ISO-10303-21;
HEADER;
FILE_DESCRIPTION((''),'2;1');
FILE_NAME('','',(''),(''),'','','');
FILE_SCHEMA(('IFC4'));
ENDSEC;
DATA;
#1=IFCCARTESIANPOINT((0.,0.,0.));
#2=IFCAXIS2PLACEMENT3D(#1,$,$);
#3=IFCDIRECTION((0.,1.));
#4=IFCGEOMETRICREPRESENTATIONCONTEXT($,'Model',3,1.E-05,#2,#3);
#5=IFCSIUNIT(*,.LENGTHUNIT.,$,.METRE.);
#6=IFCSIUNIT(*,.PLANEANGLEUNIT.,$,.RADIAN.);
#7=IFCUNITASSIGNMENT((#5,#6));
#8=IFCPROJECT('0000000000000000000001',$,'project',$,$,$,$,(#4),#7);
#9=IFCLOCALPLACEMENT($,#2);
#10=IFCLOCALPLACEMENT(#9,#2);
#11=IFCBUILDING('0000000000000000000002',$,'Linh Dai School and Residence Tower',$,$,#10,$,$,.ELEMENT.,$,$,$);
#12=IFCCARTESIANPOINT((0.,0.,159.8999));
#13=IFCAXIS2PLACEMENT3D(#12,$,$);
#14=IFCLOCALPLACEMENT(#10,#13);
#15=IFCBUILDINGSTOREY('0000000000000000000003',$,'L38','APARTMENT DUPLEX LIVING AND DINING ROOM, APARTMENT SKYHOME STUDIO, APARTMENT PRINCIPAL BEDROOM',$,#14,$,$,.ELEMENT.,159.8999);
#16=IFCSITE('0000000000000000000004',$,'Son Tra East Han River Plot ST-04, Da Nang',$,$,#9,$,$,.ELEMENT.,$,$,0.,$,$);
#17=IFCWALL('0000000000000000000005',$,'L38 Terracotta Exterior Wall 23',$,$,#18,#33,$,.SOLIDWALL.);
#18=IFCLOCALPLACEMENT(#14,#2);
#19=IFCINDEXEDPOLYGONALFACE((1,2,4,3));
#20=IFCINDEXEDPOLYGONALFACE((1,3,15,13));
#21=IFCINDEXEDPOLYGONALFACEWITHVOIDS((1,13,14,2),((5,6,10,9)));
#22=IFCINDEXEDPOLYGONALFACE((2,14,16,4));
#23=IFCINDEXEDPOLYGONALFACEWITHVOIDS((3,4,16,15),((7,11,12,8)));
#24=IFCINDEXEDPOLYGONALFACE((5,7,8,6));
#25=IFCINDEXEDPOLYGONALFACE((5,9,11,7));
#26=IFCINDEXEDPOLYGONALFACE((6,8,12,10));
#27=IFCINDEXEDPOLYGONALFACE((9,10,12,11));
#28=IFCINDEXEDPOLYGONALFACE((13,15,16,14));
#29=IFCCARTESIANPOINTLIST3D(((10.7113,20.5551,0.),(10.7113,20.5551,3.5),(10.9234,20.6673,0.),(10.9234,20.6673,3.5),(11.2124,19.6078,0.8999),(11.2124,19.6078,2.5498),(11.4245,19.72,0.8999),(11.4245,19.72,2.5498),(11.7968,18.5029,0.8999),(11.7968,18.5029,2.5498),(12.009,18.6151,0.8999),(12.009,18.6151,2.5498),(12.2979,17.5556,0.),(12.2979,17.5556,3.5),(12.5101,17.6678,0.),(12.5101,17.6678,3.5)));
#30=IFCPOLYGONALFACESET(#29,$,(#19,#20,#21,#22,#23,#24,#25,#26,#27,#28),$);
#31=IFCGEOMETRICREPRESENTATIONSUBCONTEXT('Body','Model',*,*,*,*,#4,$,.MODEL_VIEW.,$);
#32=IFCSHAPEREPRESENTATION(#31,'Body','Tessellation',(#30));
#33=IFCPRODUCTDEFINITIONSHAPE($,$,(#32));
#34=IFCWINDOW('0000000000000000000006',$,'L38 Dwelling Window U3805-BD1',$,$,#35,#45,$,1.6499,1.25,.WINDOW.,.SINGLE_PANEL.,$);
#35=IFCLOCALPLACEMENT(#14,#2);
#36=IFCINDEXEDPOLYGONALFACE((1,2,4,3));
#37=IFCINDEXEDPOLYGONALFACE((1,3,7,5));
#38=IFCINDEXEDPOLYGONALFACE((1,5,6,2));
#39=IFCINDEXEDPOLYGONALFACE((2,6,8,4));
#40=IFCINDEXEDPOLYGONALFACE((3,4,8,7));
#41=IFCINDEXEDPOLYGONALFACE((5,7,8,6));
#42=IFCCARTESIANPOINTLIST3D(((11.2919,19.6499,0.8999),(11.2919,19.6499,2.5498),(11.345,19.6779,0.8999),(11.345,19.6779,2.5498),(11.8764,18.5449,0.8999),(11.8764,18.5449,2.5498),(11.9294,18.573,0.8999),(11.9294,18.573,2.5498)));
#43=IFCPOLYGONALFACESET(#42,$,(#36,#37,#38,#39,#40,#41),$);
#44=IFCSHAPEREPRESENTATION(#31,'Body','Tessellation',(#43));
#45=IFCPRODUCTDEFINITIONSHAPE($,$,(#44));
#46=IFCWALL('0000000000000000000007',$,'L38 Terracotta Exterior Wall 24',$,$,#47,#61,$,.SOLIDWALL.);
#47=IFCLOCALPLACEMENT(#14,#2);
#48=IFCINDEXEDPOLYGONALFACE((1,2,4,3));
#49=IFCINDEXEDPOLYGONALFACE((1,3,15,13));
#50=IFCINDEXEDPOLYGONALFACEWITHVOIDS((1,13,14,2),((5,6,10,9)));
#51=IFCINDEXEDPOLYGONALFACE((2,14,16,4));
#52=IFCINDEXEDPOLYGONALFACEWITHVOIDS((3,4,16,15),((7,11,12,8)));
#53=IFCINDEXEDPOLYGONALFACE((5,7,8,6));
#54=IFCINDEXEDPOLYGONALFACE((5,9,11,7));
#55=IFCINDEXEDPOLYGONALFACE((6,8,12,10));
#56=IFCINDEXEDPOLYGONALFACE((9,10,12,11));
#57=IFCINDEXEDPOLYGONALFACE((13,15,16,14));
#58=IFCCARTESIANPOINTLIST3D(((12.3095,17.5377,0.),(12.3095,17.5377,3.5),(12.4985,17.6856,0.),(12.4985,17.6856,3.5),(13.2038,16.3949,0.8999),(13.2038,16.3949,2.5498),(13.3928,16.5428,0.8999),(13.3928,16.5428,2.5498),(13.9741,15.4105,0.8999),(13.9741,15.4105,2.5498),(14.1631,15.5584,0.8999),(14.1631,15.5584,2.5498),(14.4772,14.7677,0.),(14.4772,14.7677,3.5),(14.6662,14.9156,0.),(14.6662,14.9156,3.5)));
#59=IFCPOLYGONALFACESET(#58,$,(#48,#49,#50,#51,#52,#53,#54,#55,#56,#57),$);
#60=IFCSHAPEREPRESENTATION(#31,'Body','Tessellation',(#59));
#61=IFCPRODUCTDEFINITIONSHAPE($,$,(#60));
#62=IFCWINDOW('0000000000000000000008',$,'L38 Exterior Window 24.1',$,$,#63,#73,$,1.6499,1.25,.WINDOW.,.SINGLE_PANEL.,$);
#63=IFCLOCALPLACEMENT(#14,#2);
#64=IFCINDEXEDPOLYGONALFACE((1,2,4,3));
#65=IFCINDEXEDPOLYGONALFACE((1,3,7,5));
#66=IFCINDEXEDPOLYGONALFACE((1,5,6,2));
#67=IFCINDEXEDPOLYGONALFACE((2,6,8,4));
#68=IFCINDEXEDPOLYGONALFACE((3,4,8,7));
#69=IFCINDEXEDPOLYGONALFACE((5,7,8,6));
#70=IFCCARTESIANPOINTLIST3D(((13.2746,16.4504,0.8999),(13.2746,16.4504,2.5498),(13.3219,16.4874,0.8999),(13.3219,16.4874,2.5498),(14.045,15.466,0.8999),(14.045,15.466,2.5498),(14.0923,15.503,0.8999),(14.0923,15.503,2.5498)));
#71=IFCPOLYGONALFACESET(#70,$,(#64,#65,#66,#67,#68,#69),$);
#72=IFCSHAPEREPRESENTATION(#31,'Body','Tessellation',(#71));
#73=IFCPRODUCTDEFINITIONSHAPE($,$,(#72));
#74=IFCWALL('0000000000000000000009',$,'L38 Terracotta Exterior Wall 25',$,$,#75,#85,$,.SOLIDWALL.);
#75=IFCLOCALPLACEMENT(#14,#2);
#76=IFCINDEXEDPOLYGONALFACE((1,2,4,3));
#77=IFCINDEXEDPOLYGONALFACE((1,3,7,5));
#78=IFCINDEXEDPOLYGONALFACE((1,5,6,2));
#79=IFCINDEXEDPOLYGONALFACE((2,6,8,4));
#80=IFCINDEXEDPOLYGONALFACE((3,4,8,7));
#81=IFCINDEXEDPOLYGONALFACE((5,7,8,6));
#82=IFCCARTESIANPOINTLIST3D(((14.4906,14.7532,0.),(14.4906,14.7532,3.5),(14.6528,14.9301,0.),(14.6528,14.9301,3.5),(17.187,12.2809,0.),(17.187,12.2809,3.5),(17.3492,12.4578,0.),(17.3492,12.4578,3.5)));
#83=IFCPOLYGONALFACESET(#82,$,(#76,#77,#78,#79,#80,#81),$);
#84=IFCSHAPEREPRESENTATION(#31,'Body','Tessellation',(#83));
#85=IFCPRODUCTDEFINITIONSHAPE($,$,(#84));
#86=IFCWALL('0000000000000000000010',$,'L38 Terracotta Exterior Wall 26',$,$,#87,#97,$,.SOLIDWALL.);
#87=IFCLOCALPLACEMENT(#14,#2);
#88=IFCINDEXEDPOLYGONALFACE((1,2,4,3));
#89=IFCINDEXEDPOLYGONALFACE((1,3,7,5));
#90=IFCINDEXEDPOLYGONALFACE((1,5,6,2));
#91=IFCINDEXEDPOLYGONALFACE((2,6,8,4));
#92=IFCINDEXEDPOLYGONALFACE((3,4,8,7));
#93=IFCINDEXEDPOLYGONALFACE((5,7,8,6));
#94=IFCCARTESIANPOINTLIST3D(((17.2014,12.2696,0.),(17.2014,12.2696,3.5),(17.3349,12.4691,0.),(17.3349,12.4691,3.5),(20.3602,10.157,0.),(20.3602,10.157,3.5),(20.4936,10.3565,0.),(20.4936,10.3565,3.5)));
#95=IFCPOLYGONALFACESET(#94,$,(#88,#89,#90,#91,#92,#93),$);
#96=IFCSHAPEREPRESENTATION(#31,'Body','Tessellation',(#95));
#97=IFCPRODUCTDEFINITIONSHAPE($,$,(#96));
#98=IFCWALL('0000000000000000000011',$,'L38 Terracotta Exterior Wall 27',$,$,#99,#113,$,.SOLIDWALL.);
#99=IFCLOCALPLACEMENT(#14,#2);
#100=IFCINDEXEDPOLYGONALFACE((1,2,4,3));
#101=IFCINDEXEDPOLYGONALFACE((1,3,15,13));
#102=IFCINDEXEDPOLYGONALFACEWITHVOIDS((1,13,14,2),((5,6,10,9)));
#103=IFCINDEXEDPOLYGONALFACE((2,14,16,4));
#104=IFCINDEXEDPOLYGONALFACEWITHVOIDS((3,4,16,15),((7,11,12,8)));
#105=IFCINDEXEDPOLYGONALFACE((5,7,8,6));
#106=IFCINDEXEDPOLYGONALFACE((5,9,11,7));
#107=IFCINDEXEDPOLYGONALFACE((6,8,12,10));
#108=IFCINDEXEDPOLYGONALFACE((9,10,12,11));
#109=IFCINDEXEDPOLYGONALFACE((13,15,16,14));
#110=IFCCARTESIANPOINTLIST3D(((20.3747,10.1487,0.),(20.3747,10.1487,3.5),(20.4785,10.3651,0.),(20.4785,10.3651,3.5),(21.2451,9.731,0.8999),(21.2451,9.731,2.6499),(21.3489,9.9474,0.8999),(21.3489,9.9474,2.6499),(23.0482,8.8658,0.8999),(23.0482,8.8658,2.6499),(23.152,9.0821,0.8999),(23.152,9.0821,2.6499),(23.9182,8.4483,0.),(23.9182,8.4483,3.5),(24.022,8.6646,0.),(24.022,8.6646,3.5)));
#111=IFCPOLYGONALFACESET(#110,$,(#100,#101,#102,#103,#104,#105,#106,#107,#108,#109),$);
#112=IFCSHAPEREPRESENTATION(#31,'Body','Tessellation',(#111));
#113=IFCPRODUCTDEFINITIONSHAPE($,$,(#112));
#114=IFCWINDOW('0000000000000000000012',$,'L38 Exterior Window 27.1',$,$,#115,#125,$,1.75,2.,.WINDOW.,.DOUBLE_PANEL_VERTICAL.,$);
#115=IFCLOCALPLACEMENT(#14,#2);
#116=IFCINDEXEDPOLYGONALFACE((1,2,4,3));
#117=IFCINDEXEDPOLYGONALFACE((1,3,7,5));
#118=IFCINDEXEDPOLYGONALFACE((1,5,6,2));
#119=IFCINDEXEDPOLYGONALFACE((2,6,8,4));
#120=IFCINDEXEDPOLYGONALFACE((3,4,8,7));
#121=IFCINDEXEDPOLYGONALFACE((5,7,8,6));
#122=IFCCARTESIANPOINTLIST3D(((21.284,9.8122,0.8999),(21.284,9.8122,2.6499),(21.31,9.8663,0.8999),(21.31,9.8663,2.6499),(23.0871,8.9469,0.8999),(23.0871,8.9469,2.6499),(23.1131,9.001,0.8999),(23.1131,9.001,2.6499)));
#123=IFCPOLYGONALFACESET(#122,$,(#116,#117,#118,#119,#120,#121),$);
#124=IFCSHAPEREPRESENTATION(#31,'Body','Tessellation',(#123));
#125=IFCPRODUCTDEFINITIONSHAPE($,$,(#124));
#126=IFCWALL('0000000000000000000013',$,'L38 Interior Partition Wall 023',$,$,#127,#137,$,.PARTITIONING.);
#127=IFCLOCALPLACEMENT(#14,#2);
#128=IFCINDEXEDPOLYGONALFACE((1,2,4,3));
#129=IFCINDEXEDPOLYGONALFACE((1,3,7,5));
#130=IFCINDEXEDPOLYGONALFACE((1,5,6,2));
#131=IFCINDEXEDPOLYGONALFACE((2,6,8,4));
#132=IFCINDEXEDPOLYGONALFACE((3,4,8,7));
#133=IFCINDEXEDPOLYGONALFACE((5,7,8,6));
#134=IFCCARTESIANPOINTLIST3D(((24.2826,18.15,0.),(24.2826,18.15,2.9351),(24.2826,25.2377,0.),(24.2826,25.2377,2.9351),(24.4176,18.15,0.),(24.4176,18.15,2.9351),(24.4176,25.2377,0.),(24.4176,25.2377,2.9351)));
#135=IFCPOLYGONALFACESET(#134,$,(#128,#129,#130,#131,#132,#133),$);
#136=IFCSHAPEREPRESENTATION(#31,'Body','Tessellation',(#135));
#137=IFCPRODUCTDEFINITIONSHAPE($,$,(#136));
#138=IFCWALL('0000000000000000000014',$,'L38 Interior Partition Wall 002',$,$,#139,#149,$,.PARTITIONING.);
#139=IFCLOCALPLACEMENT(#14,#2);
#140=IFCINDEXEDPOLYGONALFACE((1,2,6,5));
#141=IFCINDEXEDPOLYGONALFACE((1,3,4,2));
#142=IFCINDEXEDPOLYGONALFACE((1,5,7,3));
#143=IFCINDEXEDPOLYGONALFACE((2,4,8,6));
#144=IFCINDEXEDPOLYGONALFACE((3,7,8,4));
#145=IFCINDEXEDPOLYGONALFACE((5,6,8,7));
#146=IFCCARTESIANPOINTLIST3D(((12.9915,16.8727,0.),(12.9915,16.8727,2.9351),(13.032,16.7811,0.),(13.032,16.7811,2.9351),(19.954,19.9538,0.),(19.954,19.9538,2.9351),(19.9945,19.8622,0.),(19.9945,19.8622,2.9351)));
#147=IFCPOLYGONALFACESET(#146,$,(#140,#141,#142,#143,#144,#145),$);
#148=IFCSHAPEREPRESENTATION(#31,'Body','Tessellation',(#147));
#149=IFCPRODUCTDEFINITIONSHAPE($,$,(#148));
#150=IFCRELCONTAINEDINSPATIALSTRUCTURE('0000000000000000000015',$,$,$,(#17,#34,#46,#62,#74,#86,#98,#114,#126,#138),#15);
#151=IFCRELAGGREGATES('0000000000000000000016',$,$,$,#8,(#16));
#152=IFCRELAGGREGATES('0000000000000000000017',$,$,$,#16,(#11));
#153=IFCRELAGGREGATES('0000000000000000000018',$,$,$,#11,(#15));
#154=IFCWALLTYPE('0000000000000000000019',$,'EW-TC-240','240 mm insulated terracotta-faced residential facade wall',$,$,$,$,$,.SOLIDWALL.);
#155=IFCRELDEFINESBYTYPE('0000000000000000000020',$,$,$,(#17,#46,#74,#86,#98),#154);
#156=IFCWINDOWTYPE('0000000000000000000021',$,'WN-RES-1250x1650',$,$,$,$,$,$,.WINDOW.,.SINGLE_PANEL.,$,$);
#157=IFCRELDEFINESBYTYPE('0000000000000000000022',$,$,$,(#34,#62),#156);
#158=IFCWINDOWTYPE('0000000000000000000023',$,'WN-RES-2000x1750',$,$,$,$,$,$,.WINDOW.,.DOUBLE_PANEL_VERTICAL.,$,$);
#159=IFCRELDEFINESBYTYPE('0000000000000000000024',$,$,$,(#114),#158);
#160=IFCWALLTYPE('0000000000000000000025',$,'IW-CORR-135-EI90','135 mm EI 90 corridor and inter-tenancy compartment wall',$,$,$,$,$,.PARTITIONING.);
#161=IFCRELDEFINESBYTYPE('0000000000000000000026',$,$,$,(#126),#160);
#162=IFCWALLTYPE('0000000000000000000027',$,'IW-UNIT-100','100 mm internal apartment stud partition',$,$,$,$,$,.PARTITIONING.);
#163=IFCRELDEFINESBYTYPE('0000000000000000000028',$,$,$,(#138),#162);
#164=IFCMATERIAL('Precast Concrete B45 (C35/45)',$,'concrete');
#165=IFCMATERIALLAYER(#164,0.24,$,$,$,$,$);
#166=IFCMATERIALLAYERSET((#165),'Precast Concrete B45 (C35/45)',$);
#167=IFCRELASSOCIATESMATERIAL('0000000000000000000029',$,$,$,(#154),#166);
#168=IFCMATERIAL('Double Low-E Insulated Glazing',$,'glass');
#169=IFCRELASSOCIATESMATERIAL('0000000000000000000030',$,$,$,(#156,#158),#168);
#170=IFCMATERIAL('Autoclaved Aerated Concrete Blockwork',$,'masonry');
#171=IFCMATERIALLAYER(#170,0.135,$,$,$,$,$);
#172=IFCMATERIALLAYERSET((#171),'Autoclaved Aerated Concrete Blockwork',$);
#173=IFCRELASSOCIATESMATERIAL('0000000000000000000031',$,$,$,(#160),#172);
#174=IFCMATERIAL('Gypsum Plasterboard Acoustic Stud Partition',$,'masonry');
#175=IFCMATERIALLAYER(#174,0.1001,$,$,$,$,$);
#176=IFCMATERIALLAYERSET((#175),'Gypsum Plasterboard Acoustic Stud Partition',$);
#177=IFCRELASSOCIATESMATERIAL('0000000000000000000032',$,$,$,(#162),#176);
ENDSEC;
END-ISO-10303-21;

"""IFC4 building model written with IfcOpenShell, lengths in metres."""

from ifc_helpers import new_model, si_unit, direction, frame, frame_2d, origin, origin_2d, place, context, subcontext, project, spatial, rectangle, extrude, source, transform, mapped, material, layer, layer_set, type_object, element, fill, save


model = new_model("IFC4")

# Units and contexts
model_context = context("Model", 3, precision=1e-05, world=origin(), true_north=direction((0.0, 1.0)))
body_context = subcontext(model_context, "Body", "Model", "MODEL_VIEW")
ifc_project = project(units=[si_unit("LENGTHUNIT", "METRE"), si_unit("PLANEANGLEUNIT", "RADIAN")], contexts=[model_context])

# Site, building, storey
site_placement = place(None, origin())
site = spatial("IfcSite", under=ifc_project, at=site_placement, Name="Son Tra East Han River Plot ST-04, Da Nang", CompositionType="ELEMENT", RefElevation=0.0)
building_placement = place(site_placement, origin())
building = spatial("IfcBuilding", under=site, at=building_placement, Name="Linh Dai School and Residence Tower", CompositionType="ELEMENT")
storey_placement = place(building_placement, frame((0.0, 0.0, 159.8999)))
storey = spatial("IfcBuildingStorey", under=building, at=storey_placement, Name="L38", Description="APARTMENT DUPLEX LIVING AND DINING ROOM, APARTMENT SKYHOME STUDIO, APARTMENT PRINCIPAL BEDROOM", CompositionType="ELEMENT", Elevation=159.8999)

# Shared definitions
ifc_material_1 = material(Name="Precast Concrete B45 (C35/45)", Category="concrete")

# Walls, openings, windows
ifc_layer_1 = layer(ifc_material_1, 0.24)
ifc_layer_set_1 = layer_set([ifc_layer_1], Name="Precast Concrete B45 (C35/45)")
wall_type_1 = type_object("IfcWallType", Name="EW-TC-240", Description="240 mm insulated terracotta-faced residential facade wall", PredefinedType="SOLIDWALL", material=ifc_layer_set_1)
wall_1_placement = place(storey_placement, frame((12.4041, 17.6116, 0.0), z_axis=(0.0, 0.0, 1.0), x_axis=(-0.467587, 0.883947, 0.0)))
wall_1 = element("IfcWall", 1, at=wall_1_placement, inside=storey, type_object=wall_type_1, Name="L38 Terracotta Exterior Wall 23", PredefinedType="SOLIDWALL", context=body_context, shape_type="SweptSolid", body=[
    extrude(rectangle(XDim=3.3933, YDim=0.24, at=frame_2d((1.6968, 0.0))), origin(), (0.0, 0.0, 1.0), 3.5),
])
opening_1_placement = place(wall_1_placement, frame((1.0718, 0.0, 0.8999)))
opening_1 = element("IfcOpeningElement", 2, at=opening_1_placement, cuts=wall_1, PredefinedType="OPENING", context=body_context, shape_type="SweptSolid", body=[
    extrude(rectangle(XDim=1.25, YDim=1.6499, at=origin_2d()), frame((0.625, 0.1299, 0.825), z_axis=(0.0, -1.0, 0.0), x_axis=(1.0, 0.0, 0.0)), (0.0, 0.0, 1.0), 0.26),
])
ifc_material_2 = material(Name="Double Low-E Insulated Glazing", Category="glass")
window_type_1 = type_object("IfcWindowType", Name="WN-RES-1250x1650", PartitioningType="SINGLE_PANEL", PredefinedType="WINDOW", material=ifc_material_2)
shared_shape_1 = source(origin(), body_context, "Body", "SweptSolid", [
    extrude(rectangle(XDim=1.25, YDim=1.6499, at=origin_2d()), frame((0.625, 0.03, 0.825), z_axis=(0.0, -1.0, 0.0), x_axis=(1.0, 0.0, 0.0)), (0.0, 0.0, 1.0), 0.0601),
])
window_1_placement = place(opening_1_placement, origin())
window_1 = element("IfcWindow", 3, at=window_1_placement, inside=storey, type_object=window_type_1, Name="L38 Dwelling Window U3805-BD1", OverallHeight=1.6499, OverallWidth=1.25, PartitioningType="SINGLE_PANEL", PredefinedType="WINDOW", context=body_context, shape_type="MappedRepresentation", body=[
    mapped(shared_shape_1, transform((0.0, 0.0, 0.0), x_axis=(1.0, 0.0, 0.0), y_axis=(0.0, 1.0, 0.0), z_axis=(0.0, 0.0, 1.0), scale=1.0)),
])
fill(opening_1, window_1)
wall_2_placement = place(storey_placement, frame((14.5718, 14.8416, 0.0), z_axis=(0.0, 0.0, 1.0), x_axis=(-0.616288, 0.787521, 0.0)))
wall_2 = element("IfcWall", 4, at=wall_2_placement, inside=storey, type_object=wall_type_1, Name="L38 Terracotta Exterior Wall 24", PredefinedType="SOLIDWALL", context=body_context, shape_type="SweptSolid", body=[
    extrude(rectangle(XDim=3.5173, YDim=0.24, at=frame_2d((1.7588, 0.0))), origin(), (0.0, 0.0, 1.0), 3.5),
])
opening_2_placement = place(wall_2_placement, frame((0.8164, 0.0, 0.8999)))
opening_2 = element("IfcOpeningElement", 5, at=opening_2_placement, cuts=wall_2, PredefinedType="OPENING", context=body_context, shape_type="SweptSolid", body=[
    extrude(rectangle(XDim=1.25, YDim=1.6499, at=origin_2d()), frame((0.625, 0.1299, 0.825), z_axis=(0.0, -1.0, 0.0), x_axis=(1.0, 0.0, 0.0)), (0.0, 0.0, 1.0), 0.26),
])
window_2_placement = place(opening_2_placement, origin())
window_2 = element("IfcWindow", 6, at=window_2_placement, inside=storey, type_object=window_type_1, Name="L38 Exterior Window 24.1", OverallHeight=1.6499, OverallWidth=1.25, PartitioningType="SINGLE_PANEL", PredefinedType="WINDOW", context=body_context, shape_type="MappedRepresentation", body=[
    mapped(shared_shape_1, transform((0.0, 0.0, 0.0), x_axis=(1.0, 0.0, 0.0), y_axis=(0.0, 1.0, 0.0), z_axis=(0.0, 0.0, 1.0), scale=1.0)),
])
fill(opening_2, window_2)

# Walls
wall_3_placement = place(storey_placement, frame((17.2681, 12.3694, 0.0), z_axis=(0.0, 0.0, 1.0), x_axis=(-0.737077, 0.675809, 0.0)))
element("IfcWall", 7, at=wall_3_placement, inside=storey, type_object=wall_type_1, Name="L38 Terracotta Exterior Wall 25", PredefinedType="SOLIDWALL", context=body_context, shape_type="SweptSolid", body=[
    extrude(rectangle(XDim=3.6582, YDim=0.24, at=frame_2d((1.8291, 0.0))), origin(), (0.0, 0.0, 1.0), 3.5),
])
wall_4_placement = place(storey_placement, frame((20.4268, 10.2568, 0.0), z_axis=(0.0, 0.0, 1.0), x_axis=(-0.831229, 0.55593, 0.0)))
element("IfcWall", 8, at=wall_4_placement, inside=storey, type_object=wall_type_1, Name="L38 Terracotta Exterior Wall 26", PredefinedType="SOLIDWALL", context=body_context, shape_type="SweptSolid", body=[
    extrude(rectangle(XDim=3.8, YDim=0.24, at=frame_2d((1.8999, 0.0))), origin(), (0.0, 0.0, 1.0), 3.5),
])

# Wall, opening, window
wall_5_placement = place(storey_placement, frame((23.9702, 8.5564, 0.0), z_axis=(0.0, 0.0, 1.0), x_axis=(-0.901565, 0.432644, 0.0)))
wall_5 = element("IfcWall", 9, at=wall_5_placement, inside=storey, type_object=wall_type_1, Name="L38 Terracotta Exterior Wall 27", PredefinedType="SOLIDWALL", context=body_context, shape_type="SweptSolid", body=[
    extrude(rectangle(XDim=3.9304, YDim=0.24, at=frame_2d((1.9653, 0.0))), origin(), (0.0, 0.0, 1.0), 3.5),
])
opening_3_placement = place(wall_5_placement, frame((0.9651, 0.0, 0.8999)))
opening_3 = element("IfcOpeningElement", 10, at=opening_3_placement, cuts=wall_5, PredefinedType="OPENING", context=body_context, shape_type="SweptSolid", body=[
    extrude(rectangle(XDim=2.0, YDim=1.75, at=origin_2d()), frame((1.0, 0.1299, 0.875), z_axis=(0.0, -1.0, 0.0), x_axis=(1.0, 0.0, 0.0)), (0.0, 0.0, 1.0), 0.26),
])
window_type_2 = type_object("IfcWindowType", Name="WN-RES-2000x1750", PartitioningType="DOUBLE_PANEL_VERTICAL", PredefinedType="WINDOW", material=ifc_material_2)
shared_shape_2 = source(origin(), body_context, "Body", "SweptSolid", [
    extrude(rectangle(XDim=2.0, YDim=1.75, at=origin_2d()), frame((1.0, 0.03, 0.875), z_axis=(0.0, -1.0, 0.0), x_axis=(1.0, 0.0, 0.0)), (0.0, 0.0, 1.0), 0.0601),
])
window_3_placement = place(opening_3_placement, origin())
window_3 = element("IfcWindow", 11, at=window_3_placement, inside=storey, type_object=window_type_2, Name="L38 Exterior Window 27.1", OverallHeight=1.75, OverallWidth=2.0, PartitioningType="DOUBLE_PANEL_VERTICAL", PredefinedType="WINDOW", context=body_context, shape_type="MappedRepresentation", body=[
    mapped(shared_shape_2, transform((0.0, 0.0, 0.0), x_axis=(1.0, 0.0, 0.0), y_axis=(0.0, 1.0, 0.0), z_axis=(0.0, 0.0, 1.0), scale=1.0)),
])
fill(opening_3, window_3)

# Walls
ifc_material_3 = material(Name="Autoclaved Aerated Concrete Blockwork", Category="masonry")
ifc_layer_2 = layer(ifc_material_3, 0.135)
ifc_layer_set_2 = layer_set([ifc_layer_2], Name="Autoclaved Aerated Concrete Blockwork")
wall_type_2 = type_object("IfcWallType", Name="IW-CORR-135-EI90", Description="135 mm EI 90 corridor and inter-tenancy compartment wall", PredefinedType="PARTITIONING", material=ifc_layer_set_2)
wall_6_placement = place(storey_placement, frame((24.3501, 18.1499, 0.0), z_axis=(0.0, 0.0, 1.0), x_axis=(0.0, 1.0, 0.0)))
element("IfcWall", 12, at=wall_6_placement, inside=storey, type_object=wall_type_2, Name="L38 Interior Partition Wall 023", PredefinedType="PARTITIONING", context=body_context, shape_type="SweptSolid", body=[
    extrude(rectangle(XDim=7.0876, YDim=0.135, at=frame_2d((3.5439, 0.0))), origin(), (0.0, 0.0, 1.0), 2.9351),
])
ifc_material_4 = material(Name="Gypsum Plasterboard Acoustic Stud Partition", Category="masonry")
ifc_layer_3 = layer(ifc_material_4, 0.1001)
ifc_layer_set_3 = layer_set([ifc_layer_3], Name="Gypsum Plasterboard Acoustic Stud Partition")
wall_type_3 = type_object("IfcWallType", Name="IW-UNIT-100", Description="100 mm internal apartment stud partition", PredefinedType="PARTITIONING", material=ifc_layer_set_3)
wall_7_placement = place(storey_placement, frame((13.0117, 16.8269, 0.0), z_axis=(0.0, 0.0, 1.0), x_axis=(0.914461, 0.404674, 0.0)))
element("IfcWall", 13, at=wall_7_placement, inside=storey, type_object=wall_type_3, Name="L38 Interior Partition Wall 002", PredefinedType="PARTITIONING", context=body_context, shape_type="SweptSolid", body=[
    extrude(rectangle(XDim=7.6138, YDim=0.1001, at=frame_2d((3.8069, 0.0))), origin(), (0.0, 0.0, 1.0), 2.9351),
])

save(model, "model.ifc")
